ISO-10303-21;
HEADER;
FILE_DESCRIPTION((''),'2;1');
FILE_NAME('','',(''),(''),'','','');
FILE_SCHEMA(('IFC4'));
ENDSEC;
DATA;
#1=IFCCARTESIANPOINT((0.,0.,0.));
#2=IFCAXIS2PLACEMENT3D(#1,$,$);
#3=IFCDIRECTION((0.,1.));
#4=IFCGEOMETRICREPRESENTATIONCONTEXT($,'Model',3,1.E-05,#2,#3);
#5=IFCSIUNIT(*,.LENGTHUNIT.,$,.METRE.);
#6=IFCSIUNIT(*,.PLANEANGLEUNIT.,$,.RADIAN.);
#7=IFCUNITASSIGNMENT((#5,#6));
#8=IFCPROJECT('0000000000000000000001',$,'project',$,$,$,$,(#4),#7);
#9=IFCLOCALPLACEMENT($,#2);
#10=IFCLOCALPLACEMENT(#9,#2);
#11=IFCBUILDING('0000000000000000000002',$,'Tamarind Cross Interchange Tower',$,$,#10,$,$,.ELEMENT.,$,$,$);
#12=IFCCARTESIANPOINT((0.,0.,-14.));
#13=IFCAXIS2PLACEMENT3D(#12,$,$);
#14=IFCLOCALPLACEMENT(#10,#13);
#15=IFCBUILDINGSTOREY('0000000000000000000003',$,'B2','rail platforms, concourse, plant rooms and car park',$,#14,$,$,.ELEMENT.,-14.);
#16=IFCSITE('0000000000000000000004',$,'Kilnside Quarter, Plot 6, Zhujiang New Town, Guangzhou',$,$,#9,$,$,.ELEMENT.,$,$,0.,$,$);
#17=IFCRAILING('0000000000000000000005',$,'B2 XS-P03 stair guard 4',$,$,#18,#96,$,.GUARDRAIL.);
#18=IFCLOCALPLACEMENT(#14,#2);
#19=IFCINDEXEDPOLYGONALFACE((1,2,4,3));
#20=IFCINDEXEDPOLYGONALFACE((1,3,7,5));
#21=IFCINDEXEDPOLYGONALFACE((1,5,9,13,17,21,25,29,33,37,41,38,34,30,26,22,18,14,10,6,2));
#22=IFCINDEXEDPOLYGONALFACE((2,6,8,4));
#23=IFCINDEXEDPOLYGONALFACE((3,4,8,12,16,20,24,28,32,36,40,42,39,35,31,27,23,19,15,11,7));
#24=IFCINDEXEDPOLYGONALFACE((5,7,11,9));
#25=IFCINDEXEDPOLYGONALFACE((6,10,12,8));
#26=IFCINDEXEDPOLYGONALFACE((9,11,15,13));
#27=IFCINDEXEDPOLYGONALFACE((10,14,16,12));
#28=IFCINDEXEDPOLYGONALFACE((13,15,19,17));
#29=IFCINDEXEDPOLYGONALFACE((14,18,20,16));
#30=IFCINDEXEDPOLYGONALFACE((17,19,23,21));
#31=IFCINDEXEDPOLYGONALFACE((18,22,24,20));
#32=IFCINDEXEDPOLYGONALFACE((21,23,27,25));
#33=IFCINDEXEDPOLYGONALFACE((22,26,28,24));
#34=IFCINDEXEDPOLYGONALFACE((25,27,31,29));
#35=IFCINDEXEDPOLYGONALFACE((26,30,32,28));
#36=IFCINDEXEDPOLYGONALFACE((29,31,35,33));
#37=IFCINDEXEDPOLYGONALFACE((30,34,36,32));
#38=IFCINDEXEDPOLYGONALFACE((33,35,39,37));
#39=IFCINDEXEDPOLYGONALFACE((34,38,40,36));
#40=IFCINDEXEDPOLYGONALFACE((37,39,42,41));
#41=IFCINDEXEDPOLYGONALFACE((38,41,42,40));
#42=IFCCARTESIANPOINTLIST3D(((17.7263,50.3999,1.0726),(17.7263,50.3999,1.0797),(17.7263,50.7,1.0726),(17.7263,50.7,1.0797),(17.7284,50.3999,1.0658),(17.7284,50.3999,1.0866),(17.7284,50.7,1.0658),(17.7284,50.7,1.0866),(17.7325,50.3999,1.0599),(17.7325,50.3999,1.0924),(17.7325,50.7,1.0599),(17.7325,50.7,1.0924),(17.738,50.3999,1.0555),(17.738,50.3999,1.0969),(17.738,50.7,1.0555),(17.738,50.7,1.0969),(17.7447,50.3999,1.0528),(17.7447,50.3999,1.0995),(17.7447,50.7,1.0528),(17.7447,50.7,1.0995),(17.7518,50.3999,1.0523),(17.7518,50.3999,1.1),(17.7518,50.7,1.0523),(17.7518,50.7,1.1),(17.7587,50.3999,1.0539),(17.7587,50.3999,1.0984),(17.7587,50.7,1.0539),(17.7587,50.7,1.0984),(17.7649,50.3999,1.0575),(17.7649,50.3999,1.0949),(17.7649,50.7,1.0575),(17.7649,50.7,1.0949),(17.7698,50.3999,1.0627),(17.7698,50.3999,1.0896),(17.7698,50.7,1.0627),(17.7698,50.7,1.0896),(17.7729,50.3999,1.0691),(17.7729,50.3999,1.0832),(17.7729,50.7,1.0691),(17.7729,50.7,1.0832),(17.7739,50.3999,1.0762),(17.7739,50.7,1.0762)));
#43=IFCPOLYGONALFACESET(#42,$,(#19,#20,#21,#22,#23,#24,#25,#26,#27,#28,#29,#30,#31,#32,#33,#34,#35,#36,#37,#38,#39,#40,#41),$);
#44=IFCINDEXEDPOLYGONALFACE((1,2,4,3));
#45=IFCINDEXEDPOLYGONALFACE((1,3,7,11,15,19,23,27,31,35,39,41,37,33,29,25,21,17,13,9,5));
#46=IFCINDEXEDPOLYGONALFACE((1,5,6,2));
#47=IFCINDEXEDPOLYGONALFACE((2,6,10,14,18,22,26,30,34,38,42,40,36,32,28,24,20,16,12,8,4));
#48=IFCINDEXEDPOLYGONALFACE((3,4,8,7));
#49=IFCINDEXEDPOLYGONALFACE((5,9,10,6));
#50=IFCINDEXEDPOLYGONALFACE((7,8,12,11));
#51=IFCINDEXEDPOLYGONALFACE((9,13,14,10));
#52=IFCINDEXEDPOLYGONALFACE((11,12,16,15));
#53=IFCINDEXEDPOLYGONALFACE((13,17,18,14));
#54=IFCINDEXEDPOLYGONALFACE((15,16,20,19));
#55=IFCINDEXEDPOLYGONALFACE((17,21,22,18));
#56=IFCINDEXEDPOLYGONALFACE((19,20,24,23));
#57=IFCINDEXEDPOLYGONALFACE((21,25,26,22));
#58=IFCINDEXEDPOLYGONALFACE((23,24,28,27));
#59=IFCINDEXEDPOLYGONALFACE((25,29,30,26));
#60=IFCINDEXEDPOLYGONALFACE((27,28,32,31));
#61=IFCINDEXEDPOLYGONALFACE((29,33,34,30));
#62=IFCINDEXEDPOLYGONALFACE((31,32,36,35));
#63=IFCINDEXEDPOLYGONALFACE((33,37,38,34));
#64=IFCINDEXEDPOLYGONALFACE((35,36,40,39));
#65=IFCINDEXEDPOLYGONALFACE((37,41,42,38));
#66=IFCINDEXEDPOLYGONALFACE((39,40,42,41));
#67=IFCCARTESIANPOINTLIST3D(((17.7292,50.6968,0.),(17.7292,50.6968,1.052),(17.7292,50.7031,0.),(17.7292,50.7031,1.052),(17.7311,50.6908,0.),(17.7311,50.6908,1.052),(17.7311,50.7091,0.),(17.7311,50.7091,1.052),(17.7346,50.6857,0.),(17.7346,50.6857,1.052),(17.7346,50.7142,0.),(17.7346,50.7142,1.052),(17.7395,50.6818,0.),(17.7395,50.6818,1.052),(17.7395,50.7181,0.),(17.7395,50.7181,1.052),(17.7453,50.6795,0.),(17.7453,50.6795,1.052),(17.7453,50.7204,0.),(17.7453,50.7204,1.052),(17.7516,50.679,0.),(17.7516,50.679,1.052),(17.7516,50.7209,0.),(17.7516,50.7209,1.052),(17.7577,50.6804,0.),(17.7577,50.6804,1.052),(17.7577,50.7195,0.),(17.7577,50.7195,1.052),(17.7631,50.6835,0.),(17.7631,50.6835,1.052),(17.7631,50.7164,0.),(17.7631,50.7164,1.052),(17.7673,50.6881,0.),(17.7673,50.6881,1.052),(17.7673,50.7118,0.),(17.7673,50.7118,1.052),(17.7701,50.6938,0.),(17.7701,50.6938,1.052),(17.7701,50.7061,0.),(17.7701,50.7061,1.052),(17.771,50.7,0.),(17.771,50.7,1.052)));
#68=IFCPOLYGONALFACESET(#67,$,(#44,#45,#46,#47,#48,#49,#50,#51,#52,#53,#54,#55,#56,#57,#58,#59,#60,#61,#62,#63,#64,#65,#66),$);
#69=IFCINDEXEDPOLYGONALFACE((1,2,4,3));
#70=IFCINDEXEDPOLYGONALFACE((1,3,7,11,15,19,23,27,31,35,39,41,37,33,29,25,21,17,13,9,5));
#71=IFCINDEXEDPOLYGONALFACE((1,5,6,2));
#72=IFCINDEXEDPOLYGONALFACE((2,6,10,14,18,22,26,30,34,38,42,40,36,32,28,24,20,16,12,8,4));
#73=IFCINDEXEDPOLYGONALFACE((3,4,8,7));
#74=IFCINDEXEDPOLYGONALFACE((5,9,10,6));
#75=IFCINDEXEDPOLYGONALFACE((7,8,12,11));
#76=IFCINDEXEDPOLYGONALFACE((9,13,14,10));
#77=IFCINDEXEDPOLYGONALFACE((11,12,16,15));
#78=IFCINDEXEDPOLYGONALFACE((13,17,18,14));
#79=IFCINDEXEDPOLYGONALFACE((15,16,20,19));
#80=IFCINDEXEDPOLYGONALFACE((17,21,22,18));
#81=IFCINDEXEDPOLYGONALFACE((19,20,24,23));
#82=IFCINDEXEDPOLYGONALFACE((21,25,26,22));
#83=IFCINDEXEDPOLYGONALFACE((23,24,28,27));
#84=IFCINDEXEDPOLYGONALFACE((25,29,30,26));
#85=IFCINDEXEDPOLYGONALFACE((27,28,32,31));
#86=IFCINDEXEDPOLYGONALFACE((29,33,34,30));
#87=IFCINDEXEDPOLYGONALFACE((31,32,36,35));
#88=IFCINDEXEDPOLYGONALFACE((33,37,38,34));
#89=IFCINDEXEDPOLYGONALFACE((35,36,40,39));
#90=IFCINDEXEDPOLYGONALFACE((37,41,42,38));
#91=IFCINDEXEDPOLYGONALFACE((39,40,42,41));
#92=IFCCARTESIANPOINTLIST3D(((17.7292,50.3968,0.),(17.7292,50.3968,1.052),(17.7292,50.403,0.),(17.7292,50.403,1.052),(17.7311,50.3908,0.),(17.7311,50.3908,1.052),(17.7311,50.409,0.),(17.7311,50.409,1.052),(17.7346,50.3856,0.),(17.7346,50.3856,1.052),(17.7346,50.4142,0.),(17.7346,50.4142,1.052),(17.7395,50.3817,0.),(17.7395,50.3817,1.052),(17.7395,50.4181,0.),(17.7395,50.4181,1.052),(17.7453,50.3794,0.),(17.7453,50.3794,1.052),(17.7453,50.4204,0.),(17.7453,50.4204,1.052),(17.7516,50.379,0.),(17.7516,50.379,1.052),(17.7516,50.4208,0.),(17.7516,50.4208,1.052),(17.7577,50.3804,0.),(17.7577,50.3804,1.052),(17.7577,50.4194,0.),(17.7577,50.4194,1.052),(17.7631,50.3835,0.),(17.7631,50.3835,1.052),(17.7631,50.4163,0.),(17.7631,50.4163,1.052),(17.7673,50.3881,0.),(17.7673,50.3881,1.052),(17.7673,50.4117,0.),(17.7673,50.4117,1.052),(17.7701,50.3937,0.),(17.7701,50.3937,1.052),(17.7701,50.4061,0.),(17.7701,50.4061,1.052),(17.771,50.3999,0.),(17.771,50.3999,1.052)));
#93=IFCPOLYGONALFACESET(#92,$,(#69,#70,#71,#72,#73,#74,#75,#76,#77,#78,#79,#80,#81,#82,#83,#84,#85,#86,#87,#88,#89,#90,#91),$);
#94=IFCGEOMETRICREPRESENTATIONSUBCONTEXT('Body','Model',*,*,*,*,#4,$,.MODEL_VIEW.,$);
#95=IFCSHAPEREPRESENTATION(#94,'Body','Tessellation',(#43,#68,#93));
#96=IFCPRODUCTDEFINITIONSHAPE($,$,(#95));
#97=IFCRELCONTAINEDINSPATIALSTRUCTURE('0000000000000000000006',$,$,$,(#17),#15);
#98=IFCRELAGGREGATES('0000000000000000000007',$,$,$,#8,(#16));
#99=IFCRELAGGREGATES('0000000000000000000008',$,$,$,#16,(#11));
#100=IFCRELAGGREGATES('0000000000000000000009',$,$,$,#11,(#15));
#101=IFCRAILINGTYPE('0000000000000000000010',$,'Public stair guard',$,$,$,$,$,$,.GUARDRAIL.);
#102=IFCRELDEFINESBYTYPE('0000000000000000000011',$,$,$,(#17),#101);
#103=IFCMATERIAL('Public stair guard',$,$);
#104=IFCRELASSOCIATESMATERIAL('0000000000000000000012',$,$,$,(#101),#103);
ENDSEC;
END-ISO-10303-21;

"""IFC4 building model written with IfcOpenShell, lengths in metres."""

from ifc_helpers import new_model, si_unit, direction, frame, origin, origin_2d, place, context, subcontext, project, spatial, circle, extrude, material, type_object, element, save


model = new_model("IFC4")

# Units and contexts
model_context = context("Model", 3, precision=1e-05, world=origin(), true_north=direction((0.0, 1.0)))
body_context = subcontext(model_context, "Body", "Model", "MODEL_VIEW")
ifc_project = project(units=[si_unit("LENGTHUNIT", "METRE"), si_unit("PLANEANGLEUNIT", "RADIAN")], contexts=[model_context])

# Site, building, storey
site_placement = place(None, origin())
site = spatial("IfcSite", under=ifc_project, at=site_placement, Name="Kilnside Quarter, Plot 6, Zhujiang New Town, Guangzhou", CompositionType="ELEMENT", RefElevation=0.0)
building_placement = place(site_placement, origin())
building = spatial("IfcBuilding", under=site, at=building_placement, Name="Tamarind Cross Interchange Tower", CompositionType="ELEMENT")
storey_placement = place(building_placement, frame((0.0, 0.0, -14.0)))
storey = spatial("IfcBuildingStorey", under=building, at=storey_placement, Name="B2", Description="rail platforms, concourse, plant rooms and car park", CompositionType="ELEMENT", Elevation=-14.0)

# Railing
ifc_material_1 = material(Name="Public stair guard")
railing_type_1 = type_object("IfcRailingType", Name="Public stair guard", PredefinedType="GUARDRAIL", material=ifc_material_1)
railing_1_placement = place(storey_placement, frame((17.75, 50.7, 0.0)))
element("IfcRailing", 1, at=railing_1_placement, inside=storey, type_object=railing_type_1, Name="B2 XS-P03 stair guard 4", PredefinedType="GUARDRAIL", context=body_context, shape_type="SweptSolid", body=[
    extrude(circle(Radius=0.0239, at=origin_2d()), frame((0.0, 0.0, 1.0762), z_axis=(0.0, -1.0, 0.0), x_axis=(1.0, 0.0, 0.0)), (0.0, 0.0, 1.0), 0.3),
    extrude(circle(Radius=0.021, at=origin_2d()), origin(), (0.0, 0.0, 1.0), 1.052),
    extrude(circle(Radius=0.021, at=origin_2d()), frame((0.0, -0.3, 0.0)), (0.0, 0.0, 1.0), 1.052),
])

save(model, "model.ifc")
